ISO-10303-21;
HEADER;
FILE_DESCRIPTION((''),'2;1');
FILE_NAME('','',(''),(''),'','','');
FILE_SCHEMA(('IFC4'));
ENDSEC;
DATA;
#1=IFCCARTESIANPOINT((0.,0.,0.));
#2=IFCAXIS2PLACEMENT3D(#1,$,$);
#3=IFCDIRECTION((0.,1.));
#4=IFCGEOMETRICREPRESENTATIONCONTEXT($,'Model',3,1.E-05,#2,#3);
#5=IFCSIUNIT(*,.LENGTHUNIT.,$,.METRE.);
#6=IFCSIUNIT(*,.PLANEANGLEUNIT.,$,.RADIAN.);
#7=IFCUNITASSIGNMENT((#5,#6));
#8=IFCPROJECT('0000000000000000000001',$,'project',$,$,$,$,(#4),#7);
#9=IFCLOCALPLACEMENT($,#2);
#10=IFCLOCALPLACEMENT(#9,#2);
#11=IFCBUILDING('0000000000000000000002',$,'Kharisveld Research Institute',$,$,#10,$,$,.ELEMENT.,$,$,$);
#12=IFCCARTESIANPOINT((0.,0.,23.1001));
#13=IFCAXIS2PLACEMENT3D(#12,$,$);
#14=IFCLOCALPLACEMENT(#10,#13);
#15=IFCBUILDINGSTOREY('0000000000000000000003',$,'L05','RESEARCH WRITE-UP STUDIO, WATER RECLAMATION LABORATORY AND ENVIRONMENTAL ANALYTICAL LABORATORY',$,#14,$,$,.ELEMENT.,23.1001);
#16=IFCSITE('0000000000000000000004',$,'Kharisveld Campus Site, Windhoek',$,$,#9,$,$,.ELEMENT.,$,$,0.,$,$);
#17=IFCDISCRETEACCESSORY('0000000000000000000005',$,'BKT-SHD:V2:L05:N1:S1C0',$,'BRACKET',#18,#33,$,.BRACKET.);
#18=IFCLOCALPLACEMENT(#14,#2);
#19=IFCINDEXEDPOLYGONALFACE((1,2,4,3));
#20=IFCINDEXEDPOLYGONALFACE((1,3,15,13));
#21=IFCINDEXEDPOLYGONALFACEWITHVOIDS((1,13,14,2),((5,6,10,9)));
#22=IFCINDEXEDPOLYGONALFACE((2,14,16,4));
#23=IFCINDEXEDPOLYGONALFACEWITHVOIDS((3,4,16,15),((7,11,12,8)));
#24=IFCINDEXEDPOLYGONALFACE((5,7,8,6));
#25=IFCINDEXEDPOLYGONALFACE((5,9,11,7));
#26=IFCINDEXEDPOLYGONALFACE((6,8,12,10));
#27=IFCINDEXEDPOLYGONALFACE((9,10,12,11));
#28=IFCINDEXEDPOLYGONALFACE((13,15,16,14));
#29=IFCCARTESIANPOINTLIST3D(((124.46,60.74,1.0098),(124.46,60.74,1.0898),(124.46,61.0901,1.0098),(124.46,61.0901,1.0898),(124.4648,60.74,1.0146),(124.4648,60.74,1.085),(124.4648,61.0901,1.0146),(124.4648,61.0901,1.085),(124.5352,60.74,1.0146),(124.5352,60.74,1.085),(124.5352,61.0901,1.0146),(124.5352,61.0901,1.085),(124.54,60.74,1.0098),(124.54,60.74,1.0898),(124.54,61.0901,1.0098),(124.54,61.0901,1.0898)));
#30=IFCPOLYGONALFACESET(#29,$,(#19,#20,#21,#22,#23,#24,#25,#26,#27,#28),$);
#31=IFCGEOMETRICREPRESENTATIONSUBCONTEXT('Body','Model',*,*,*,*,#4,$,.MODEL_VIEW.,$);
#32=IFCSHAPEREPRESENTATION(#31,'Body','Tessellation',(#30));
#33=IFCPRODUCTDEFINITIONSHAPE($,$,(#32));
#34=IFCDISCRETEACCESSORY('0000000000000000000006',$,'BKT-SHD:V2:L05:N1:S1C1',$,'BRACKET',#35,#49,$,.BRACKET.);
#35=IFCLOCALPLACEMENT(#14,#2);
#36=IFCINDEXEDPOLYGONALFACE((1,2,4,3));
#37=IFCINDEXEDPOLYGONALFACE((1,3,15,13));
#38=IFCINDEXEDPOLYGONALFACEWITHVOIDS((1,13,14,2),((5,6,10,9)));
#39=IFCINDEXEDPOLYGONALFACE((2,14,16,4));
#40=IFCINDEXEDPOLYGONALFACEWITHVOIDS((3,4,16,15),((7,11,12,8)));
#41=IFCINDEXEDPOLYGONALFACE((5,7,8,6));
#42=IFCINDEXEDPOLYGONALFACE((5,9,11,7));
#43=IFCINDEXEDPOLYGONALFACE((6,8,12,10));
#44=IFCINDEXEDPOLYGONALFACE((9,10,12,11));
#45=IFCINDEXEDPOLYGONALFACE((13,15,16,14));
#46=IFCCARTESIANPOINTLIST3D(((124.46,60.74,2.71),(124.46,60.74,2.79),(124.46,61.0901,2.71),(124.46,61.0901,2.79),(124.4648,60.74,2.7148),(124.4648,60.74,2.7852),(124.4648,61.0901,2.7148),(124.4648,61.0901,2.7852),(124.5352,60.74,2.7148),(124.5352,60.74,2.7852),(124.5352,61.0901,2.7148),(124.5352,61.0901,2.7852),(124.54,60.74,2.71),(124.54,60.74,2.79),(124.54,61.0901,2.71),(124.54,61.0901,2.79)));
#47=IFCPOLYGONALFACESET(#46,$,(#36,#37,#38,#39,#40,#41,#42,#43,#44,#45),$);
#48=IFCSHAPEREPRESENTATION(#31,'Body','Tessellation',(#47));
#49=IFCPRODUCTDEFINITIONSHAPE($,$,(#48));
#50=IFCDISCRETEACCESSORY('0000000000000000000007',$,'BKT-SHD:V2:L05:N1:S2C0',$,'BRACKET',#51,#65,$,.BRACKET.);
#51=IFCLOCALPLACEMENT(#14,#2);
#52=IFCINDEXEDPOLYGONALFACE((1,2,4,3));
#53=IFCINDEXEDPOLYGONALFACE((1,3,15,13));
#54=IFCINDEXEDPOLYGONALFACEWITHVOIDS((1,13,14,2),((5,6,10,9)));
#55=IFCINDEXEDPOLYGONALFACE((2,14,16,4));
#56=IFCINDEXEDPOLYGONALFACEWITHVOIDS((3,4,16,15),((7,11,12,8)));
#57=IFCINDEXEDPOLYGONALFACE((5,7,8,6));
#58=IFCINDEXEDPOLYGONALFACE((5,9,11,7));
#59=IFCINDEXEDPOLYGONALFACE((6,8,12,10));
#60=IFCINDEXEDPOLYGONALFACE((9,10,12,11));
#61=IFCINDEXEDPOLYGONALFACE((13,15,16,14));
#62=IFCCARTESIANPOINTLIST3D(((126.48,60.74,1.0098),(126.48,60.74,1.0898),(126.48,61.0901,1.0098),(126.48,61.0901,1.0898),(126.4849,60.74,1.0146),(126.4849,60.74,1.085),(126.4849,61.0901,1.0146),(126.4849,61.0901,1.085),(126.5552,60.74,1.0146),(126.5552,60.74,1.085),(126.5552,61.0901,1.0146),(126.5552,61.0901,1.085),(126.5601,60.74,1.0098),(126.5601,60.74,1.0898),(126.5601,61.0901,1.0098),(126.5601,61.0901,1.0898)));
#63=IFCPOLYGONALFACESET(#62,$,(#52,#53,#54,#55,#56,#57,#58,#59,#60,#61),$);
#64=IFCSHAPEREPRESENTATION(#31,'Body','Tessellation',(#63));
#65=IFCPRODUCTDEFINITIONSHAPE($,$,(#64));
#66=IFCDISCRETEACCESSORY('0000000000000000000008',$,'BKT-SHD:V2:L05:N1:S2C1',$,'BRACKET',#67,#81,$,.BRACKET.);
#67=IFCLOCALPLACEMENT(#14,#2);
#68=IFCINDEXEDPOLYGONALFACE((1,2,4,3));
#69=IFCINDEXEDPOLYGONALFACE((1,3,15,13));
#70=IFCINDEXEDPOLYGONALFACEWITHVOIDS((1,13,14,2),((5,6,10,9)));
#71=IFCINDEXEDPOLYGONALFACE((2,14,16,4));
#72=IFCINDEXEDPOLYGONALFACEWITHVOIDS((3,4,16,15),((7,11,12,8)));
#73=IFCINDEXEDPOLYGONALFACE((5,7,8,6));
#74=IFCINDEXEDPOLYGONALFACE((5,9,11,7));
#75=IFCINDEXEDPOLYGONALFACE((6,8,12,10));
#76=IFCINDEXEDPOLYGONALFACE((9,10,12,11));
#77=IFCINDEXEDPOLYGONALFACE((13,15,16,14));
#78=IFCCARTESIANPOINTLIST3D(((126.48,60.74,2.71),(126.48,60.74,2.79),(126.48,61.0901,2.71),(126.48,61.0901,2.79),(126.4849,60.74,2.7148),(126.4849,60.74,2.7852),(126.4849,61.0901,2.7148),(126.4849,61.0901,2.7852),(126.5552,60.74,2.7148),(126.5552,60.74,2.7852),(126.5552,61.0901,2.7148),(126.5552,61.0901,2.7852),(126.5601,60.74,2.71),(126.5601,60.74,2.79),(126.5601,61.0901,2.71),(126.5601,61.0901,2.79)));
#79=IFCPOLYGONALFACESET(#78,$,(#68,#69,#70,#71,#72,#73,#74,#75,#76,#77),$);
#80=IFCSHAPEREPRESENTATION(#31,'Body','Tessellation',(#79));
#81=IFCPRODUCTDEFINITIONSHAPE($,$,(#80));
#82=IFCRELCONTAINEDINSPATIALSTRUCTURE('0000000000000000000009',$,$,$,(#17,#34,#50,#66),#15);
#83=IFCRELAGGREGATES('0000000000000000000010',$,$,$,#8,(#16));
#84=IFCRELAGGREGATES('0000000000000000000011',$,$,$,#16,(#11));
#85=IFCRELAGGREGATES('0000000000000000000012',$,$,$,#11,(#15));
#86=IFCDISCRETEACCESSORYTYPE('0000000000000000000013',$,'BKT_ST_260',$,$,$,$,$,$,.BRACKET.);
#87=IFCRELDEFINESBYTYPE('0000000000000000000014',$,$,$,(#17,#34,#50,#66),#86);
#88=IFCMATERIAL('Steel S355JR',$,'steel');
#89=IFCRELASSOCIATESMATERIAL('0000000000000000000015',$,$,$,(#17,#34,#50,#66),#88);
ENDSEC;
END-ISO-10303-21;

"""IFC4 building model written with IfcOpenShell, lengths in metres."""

from ifc_helpers import new_model, si_unit, direction, frame, origin, origin_2d, place, context, subcontext, project, spatial, hollow_rectangle, extrude, material, type_object, element, save


model = new_model("IFC4")

# Units and contexts
model_context = context("Model", 3, precision=1e-05, world=origin(), true_north=direction((0.0, 1.0)))
body_context = subcontext(model_context, "Body", "Model", "MODEL_VIEW")
ifc_project = project(units=[si_unit("LENGTHUNIT", "METRE"), si_unit("PLANEANGLEUNIT", "RADIAN")], contexts=[model_context])

# Site, building, storey
site_placement = place(None, origin())
site = spatial("IfcSite", under=ifc_project, at=site_placement, Name="Kharisveld Campus Site, Windhoek", CompositionType="ELEMENT", RefElevation=0.0)
building_placement = place(site_placement, origin())
building = spatial("IfcBuilding", under=site, at=building_placement, Name="Kharisveld Research Institute", CompositionType="ELEMENT")
storey_placement = place(building_placement, frame((0.0, 0.0, 23.1001)))
storey = spatial("IfcBuildingStorey", under=building, at=storey_placement, Name="L05", Description="RESEARCH WRITE-UP STUDIO, WATER RECLAMATION LABORATORY AND ENVIRONMENTAL ANALYTICAL LABORATORY", CompositionType="ELEMENT", Elevation=23.1001)

# Discrete accessories
ifc_material_1 = material(Name="Steel S355JR", Category="steel")
discrete_accessory_type = type_object("IfcDiscreteAccessoryType", Name="BKT_ST_260", PredefinedType="BRACKET")
for number, where, z_axis, x_axis, name in (
    (1, (124.5, 60.74, 1.0498), (0.0, 1.0, 0.0), (-1.0, 0.0, 0.0), "BKT-SHD:V2:L05:N1:S1C0"),
    (2, (124.5, 60.74, 2.75), (0.0, 1.0, 0.0), (-1.0, 0.0, 0.0), "BKT-SHD:V2:L05:N1:S1C1"),
    (3, (126.52, 60.74, 1.0498), (0.0, 1.0, 0.0), (-1.0, 0.0, 0.0), "BKT-SHD:V2:L05:N1:S2C0"),
    (4, (126.52, 60.74, 2.75), (0.0, 1.0, 0.0), (-1.0, 0.0, 0.0), "BKT-SHD:V2:L05:N1:S2C1"),
):
    element("IfcDiscreteAccessory", number, at=place(storey_placement, frame(where, z_axis=z_axis, x_axis=x_axis)), inside=storey, type_object=discrete_accessory_type, material=ifc_material_1, Name=name, ObjectType="BRACKET", PredefinedType="BRACKET", context=body_context, shape_type="SweptSolid", body=[
        extrude(hollow_rectangle(XDim=0.0801, YDim=0.0801, WallThickness=0.0049, at=origin_2d()), origin(), (0.0, 0.0, 1.0), 0.3501),
    ])

save(model, "model.ifc")
